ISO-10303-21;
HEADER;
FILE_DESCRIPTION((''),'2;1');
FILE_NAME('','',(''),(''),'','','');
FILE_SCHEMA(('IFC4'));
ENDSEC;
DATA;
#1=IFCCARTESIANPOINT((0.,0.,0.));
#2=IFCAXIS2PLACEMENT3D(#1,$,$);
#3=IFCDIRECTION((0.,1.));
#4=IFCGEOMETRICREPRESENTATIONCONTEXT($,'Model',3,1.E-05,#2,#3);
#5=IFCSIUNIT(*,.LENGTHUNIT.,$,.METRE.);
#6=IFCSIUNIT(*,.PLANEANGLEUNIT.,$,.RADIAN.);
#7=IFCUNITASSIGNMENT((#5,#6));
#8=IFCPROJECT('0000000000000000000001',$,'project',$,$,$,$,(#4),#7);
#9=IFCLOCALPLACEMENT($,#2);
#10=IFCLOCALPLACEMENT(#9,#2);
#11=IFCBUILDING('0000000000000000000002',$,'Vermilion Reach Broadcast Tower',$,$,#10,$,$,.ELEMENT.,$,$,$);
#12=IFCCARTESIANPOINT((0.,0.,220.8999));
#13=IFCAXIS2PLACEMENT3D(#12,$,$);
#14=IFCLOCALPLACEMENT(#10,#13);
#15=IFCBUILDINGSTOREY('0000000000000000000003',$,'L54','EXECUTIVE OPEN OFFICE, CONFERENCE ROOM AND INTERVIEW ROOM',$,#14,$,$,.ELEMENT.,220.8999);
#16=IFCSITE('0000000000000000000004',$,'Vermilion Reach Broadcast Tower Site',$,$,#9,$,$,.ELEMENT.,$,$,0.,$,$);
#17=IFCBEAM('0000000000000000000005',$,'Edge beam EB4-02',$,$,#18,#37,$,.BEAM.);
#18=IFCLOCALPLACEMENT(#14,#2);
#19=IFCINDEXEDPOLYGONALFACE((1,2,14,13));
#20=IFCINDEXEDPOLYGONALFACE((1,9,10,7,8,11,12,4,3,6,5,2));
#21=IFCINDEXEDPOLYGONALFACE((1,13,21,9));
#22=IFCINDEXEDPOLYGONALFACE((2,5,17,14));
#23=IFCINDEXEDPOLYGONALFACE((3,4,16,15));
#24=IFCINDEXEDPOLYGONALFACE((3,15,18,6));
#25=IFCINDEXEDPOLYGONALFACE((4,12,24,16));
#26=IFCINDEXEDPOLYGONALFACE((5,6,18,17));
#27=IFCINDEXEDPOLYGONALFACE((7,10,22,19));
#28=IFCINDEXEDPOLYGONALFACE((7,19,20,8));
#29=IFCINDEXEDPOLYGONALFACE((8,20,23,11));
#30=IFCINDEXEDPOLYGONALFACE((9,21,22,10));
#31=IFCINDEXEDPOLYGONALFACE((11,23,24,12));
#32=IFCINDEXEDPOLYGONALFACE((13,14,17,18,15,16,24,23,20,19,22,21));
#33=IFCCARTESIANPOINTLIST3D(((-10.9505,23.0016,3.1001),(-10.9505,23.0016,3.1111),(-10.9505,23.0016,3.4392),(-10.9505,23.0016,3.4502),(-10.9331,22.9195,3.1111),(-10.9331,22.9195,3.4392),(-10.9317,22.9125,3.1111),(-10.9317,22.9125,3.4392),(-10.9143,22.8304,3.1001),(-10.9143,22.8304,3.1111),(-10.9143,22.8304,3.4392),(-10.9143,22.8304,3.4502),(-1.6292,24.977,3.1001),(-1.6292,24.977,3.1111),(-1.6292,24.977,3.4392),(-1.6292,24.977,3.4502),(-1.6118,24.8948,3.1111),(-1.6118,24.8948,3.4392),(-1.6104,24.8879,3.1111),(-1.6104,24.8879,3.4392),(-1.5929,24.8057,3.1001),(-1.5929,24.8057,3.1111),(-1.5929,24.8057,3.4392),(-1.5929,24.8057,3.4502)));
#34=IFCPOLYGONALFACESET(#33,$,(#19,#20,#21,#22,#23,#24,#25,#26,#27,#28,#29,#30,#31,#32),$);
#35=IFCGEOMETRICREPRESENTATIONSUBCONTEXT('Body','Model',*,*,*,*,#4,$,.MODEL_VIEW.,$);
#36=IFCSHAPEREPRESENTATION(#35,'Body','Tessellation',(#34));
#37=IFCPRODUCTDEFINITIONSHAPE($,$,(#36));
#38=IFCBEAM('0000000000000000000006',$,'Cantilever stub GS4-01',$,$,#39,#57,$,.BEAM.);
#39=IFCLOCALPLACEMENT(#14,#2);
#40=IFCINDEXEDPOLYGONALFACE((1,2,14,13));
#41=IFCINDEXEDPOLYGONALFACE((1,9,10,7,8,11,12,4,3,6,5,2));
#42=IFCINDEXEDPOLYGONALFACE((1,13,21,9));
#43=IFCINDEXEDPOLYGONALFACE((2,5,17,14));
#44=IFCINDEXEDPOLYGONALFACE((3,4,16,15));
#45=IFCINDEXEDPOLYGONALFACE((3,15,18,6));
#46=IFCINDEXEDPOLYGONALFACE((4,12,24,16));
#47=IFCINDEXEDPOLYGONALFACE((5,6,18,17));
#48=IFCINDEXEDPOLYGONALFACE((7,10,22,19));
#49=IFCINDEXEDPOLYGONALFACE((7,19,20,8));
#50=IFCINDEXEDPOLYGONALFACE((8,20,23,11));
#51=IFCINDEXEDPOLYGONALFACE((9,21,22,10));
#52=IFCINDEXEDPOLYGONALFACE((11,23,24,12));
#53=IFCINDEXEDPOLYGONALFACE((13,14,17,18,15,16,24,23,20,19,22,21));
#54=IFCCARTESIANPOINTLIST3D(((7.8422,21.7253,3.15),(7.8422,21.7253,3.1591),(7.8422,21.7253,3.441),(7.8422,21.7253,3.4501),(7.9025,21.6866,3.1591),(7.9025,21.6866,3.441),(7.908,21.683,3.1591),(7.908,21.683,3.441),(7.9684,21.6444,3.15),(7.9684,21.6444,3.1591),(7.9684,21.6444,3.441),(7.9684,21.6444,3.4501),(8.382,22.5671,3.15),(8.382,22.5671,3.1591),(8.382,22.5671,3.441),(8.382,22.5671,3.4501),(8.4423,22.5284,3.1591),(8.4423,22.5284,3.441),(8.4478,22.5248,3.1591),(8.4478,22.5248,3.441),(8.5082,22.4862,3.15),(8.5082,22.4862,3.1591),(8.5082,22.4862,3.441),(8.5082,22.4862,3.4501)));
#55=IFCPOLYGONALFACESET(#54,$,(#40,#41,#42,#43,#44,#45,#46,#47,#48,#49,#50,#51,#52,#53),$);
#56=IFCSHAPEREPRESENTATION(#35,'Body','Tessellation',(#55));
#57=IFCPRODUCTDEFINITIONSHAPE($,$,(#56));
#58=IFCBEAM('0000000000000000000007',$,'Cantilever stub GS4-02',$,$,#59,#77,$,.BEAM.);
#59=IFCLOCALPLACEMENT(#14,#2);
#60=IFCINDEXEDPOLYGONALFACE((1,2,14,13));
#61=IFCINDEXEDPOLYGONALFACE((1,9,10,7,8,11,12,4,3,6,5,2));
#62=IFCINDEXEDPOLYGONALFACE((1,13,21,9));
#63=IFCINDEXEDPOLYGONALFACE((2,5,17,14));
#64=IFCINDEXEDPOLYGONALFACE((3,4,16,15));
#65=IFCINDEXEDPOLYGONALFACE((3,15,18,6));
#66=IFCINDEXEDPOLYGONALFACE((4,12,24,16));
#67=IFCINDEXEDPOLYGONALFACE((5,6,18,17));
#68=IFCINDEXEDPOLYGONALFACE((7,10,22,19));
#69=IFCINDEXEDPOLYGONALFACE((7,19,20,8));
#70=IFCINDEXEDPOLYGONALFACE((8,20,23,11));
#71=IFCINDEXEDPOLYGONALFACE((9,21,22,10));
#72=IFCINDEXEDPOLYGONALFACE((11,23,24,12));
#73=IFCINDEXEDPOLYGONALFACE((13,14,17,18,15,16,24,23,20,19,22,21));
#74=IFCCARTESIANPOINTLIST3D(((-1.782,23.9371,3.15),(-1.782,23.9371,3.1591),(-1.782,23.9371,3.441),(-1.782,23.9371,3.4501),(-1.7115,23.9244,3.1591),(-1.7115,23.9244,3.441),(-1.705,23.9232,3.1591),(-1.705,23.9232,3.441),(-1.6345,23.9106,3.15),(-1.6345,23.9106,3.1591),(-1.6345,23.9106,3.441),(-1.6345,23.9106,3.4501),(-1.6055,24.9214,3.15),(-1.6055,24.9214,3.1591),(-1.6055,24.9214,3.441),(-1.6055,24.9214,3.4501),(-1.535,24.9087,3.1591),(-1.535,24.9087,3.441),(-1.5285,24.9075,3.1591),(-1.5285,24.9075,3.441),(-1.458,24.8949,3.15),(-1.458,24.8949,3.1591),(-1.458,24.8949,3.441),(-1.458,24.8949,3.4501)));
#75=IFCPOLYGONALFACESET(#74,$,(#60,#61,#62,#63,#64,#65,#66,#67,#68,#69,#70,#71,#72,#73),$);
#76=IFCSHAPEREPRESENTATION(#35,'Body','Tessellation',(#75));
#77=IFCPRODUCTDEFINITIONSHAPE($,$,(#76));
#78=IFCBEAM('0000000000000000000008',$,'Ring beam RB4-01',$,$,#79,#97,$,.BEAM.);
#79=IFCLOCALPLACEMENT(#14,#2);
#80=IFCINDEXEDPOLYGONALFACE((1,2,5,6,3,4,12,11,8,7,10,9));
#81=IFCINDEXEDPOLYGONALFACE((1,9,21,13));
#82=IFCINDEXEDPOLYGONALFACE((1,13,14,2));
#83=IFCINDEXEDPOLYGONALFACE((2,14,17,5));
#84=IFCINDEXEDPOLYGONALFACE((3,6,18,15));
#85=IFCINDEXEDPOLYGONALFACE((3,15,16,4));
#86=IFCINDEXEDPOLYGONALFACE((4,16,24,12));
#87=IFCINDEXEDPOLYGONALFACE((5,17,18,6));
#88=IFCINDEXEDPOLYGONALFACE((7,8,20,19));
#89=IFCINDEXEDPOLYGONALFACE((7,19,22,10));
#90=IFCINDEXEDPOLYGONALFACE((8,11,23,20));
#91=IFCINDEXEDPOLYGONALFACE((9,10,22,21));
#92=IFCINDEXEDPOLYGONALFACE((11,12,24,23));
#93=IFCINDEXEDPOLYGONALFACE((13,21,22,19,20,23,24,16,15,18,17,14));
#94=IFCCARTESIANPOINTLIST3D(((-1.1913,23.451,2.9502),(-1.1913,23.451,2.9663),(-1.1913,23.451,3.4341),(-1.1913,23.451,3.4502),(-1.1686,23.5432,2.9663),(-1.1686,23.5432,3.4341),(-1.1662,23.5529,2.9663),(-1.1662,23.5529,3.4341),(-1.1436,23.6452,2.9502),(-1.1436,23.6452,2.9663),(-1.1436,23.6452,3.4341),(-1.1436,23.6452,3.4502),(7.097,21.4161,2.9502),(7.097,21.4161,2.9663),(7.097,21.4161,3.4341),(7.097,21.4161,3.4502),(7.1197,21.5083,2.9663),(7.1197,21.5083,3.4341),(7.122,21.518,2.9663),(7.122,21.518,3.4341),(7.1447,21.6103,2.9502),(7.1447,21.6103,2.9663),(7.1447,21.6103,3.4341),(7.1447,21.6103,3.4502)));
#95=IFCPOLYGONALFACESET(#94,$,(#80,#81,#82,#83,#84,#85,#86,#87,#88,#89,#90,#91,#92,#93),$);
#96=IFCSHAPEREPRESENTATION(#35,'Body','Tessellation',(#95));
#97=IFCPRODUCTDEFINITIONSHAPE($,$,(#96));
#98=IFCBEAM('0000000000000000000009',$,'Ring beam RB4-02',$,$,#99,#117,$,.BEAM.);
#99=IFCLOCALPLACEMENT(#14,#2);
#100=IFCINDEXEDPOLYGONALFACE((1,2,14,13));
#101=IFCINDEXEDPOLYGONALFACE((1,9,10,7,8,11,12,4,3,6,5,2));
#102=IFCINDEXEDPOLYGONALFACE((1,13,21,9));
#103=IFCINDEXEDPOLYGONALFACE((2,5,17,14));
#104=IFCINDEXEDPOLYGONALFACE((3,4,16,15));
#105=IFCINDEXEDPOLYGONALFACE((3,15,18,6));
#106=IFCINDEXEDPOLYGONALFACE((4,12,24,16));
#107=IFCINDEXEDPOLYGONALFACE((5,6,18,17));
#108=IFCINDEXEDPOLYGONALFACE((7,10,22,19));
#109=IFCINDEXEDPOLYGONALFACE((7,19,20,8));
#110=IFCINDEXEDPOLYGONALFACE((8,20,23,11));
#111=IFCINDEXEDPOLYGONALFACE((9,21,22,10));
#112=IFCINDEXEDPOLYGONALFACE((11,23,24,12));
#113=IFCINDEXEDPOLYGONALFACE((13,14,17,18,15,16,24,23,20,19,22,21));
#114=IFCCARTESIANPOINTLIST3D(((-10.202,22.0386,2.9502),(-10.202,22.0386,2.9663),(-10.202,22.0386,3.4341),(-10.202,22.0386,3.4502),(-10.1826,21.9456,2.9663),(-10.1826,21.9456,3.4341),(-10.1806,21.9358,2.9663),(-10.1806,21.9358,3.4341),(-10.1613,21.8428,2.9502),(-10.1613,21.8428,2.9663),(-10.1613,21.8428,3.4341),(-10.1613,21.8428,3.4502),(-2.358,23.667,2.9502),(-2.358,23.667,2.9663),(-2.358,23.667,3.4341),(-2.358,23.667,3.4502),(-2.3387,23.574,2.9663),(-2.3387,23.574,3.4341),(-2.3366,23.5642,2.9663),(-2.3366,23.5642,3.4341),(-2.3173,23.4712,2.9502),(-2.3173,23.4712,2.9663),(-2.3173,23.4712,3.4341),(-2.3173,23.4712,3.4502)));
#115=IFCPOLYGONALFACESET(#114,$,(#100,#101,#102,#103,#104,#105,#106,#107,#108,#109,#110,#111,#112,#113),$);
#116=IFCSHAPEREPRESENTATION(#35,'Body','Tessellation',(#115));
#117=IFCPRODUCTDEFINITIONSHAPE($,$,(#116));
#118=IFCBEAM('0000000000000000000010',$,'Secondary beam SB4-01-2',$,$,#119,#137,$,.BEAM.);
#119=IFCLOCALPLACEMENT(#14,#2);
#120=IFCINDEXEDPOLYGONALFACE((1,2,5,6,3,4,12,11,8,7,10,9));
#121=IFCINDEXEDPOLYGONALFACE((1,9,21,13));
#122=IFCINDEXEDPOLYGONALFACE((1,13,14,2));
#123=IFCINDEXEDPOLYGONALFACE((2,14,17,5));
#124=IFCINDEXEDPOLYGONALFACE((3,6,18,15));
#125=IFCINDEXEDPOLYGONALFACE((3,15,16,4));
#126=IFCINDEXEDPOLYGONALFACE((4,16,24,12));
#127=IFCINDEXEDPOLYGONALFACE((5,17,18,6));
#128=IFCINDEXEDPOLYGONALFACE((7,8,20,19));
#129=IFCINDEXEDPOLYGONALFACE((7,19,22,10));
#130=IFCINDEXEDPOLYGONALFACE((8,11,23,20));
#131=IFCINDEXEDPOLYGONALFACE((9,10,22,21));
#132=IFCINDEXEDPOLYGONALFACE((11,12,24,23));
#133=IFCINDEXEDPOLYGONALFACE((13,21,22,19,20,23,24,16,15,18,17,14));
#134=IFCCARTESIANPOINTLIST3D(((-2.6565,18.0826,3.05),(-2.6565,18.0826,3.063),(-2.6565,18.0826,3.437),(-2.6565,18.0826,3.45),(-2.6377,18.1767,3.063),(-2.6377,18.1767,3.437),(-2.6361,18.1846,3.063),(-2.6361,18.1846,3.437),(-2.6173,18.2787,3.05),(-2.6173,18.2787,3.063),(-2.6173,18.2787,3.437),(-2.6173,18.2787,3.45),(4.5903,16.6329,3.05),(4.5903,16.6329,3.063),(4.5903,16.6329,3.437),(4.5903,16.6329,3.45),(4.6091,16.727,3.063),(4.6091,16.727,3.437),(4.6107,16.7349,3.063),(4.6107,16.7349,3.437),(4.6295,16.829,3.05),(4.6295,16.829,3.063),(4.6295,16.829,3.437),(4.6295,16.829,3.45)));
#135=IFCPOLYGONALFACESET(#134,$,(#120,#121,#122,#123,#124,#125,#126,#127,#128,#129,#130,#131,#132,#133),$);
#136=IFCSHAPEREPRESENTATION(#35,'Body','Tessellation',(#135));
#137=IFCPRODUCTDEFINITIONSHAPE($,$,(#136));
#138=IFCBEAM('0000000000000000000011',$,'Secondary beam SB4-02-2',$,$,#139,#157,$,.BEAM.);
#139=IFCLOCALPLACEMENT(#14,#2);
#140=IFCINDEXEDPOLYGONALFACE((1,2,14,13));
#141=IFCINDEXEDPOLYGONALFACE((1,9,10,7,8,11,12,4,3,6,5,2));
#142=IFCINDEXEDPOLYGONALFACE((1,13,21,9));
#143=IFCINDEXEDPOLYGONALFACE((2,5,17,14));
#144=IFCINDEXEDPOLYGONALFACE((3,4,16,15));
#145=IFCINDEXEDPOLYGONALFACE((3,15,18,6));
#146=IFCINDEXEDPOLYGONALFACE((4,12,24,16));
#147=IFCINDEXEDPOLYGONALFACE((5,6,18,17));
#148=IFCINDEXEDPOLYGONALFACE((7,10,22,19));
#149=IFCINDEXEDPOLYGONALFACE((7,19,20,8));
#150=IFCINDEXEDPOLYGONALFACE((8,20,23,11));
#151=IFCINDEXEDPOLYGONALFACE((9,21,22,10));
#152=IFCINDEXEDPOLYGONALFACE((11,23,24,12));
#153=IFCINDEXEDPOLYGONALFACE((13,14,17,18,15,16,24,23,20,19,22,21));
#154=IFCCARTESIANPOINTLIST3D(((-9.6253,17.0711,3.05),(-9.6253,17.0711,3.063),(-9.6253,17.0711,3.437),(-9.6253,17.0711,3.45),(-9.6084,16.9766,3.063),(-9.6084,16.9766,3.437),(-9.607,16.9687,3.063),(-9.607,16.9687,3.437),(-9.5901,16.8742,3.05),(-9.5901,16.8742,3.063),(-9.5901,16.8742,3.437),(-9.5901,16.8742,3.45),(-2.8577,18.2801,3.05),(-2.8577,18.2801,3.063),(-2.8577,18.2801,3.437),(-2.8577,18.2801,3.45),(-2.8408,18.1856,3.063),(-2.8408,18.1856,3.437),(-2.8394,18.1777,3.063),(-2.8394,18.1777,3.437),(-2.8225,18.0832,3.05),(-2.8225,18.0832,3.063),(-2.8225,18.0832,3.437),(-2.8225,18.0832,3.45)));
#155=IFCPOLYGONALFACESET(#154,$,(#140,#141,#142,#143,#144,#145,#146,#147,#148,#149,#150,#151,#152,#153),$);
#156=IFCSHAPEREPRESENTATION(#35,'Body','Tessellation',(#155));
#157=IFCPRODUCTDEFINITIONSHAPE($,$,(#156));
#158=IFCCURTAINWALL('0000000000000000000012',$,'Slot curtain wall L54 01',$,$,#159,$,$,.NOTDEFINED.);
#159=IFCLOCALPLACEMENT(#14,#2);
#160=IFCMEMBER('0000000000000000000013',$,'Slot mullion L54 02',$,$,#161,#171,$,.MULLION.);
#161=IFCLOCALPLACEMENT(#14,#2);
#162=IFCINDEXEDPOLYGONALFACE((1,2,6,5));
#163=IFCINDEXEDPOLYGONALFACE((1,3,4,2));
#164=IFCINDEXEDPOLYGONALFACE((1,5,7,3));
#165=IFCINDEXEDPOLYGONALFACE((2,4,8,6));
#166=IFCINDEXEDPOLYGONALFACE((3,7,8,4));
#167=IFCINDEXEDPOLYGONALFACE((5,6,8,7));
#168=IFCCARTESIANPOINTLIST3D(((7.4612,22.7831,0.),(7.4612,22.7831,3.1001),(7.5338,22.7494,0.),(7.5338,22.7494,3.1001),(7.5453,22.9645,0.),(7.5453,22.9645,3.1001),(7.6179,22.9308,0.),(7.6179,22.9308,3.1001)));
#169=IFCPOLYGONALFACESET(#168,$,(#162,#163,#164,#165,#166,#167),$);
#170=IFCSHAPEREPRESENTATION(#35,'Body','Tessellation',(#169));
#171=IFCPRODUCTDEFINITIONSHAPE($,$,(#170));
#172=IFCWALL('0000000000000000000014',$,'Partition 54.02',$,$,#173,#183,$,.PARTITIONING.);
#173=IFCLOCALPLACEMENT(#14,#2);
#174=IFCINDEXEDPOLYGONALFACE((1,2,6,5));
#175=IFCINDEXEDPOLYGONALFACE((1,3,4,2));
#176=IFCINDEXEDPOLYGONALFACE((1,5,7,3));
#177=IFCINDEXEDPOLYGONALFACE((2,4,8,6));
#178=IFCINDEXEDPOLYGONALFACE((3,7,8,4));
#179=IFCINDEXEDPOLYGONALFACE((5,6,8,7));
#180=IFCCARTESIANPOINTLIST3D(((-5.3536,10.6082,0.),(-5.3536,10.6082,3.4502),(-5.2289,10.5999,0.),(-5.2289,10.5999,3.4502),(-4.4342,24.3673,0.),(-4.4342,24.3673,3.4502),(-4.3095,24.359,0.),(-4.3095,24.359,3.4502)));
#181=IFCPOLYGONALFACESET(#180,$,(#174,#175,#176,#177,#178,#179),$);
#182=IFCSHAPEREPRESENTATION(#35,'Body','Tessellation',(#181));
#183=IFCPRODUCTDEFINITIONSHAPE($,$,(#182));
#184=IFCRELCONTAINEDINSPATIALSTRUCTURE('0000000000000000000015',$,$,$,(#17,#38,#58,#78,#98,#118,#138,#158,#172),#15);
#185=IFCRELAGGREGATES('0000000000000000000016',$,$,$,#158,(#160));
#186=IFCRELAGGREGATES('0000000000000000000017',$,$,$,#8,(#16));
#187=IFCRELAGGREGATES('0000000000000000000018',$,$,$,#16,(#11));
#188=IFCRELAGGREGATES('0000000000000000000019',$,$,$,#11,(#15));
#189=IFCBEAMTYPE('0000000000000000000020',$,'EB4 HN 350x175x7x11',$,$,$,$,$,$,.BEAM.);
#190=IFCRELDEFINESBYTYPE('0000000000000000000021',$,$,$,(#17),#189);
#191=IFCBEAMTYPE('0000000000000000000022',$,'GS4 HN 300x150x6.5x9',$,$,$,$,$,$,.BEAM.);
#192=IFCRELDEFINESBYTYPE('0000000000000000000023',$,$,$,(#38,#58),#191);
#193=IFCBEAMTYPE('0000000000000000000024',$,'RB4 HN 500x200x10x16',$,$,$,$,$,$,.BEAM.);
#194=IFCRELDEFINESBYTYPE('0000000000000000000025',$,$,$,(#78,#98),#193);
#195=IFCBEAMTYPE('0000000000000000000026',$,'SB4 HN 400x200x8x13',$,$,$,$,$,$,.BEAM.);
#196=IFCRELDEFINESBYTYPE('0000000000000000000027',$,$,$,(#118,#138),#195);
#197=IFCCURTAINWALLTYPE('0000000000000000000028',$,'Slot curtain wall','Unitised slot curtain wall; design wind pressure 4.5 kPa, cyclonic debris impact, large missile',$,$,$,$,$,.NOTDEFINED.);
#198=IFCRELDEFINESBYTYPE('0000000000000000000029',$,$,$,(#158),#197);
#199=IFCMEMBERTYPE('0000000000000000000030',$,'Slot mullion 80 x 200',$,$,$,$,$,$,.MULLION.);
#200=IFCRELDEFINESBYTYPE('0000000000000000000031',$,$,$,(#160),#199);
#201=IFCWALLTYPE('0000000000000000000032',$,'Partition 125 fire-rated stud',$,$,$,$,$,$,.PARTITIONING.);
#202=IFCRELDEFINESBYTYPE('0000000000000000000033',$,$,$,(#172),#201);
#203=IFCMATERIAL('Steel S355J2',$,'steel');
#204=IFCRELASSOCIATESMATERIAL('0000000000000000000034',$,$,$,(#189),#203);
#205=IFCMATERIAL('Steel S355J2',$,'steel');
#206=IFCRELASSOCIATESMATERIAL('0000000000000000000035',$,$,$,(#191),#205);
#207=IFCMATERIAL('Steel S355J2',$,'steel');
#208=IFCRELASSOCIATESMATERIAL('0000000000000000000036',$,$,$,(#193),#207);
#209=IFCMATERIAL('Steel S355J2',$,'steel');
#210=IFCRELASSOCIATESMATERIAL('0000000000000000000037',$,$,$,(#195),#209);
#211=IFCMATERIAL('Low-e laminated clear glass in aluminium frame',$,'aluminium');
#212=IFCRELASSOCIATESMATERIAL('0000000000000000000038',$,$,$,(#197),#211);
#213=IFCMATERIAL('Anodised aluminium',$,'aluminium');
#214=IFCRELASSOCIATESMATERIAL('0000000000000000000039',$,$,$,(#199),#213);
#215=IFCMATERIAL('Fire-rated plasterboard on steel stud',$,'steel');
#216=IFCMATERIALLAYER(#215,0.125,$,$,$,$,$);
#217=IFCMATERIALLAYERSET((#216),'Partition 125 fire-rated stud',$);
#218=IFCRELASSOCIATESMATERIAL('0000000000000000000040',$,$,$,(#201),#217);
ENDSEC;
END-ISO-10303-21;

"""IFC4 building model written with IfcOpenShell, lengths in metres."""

from ifc_helpers import new_model, si_unit, direction, frame, frame_2d, origin, origin_2d, place, context, subcontext, project, spatial, rectangle, i_section, extrude, material, layer, layer_set, material_profile, profile_set, type_object, element, aggregate, save


model = new_model("IFC4")

# Units and contexts
model_context = context("Model", 3, precision=1e-05, world=origin(), true_north=direction((0.0, 1.0)))
body_context = subcontext(model_context, "Body", "Model", "MODEL_VIEW")
ifc_project = project(units=[si_unit("LENGTHUNIT", "METRE"), si_unit("PLANEANGLEUNIT", "RADIAN")], contexts=[model_context])

# Site, building, storey
site_placement = place(None, origin())
site = spatial("IfcSite", under=ifc_project, at=site_placement, Name="Vermilion Reach Broadcast Tower Site", CompositionType="ELEMENT", RefElevation=0.0)
building_placement = place(site_placement, origin())
building = spatial("IfcBuilding", under=site, at=building_placement, Name="Vermilion Reach Broadcast Tower", CompositionType="ELEMENT")
storey_placement = place(building_placement, frame((0.0, 0.0, 220.8999)))
storey = spatial("IfcBuildingStorey", under=building, at=storey_placement, Name="L54", Description="EXECUTIVE OPEN OFFICE, CONFERENCE ROOM AND INTERVIEW ROOM", CompositionType="ELEMENT", Elevation=220.8999)

# Beams
ifc_material_1 = material(Name="Steel S355J2", Category="steel")
ifc_material_profile_1 = material_profile(ifc_material_1, i_section(OverallWidth=0.175, OverallDepth=0.3501, WebThickness=0.0071, FlangeThickness=0.011, at=origin_2d()), Name="S355J2 HN 350x175x7x11")
ifc_profile_set_1 = profile_set([ifc_material_profile_1], Name="Steel S355J2")
beam_type_1 = type_object("IfcBeamType", Name="EB4 HN 350x175x7x11", PredefinedType="BEAM", material=ifc_profile_set_1)
beam_1_placement = place(storey_placement, frame((-1.6111, 24.8914, 3.2751), z_axis=(-0.978275, -0.207313, 0.0), x_axis=(0.207313, -0.978275, 0.0)))
element("IfcBeam", 1, at=beam_1_placement, inside=storey, type_object=beam_type_1, Name="Edge beam EB4-02", PredefinedType="BEAM", context=body_context, shape_type="SweptSolid", body=[
    extrude(i_section(OverallWidth=0.175, OverallDepth=0.3501, WebThickness=0.0071, FlangeThickness=0.011, at=origin_2d()), origin(), (0.0, 0.0, 1.0), 9.5283),
])
ifc_material_2 = material(Name="Steel S355J2", Category="steel")
ifc_material_profile_2 = material_profile(ifc_material_2, i_section(OverallWidth=0.1499, OverallDepth=0.3, WebThickness=0.0066, FlangeThickness=0.009, at=origin_2d()), Name="S355J2 HN 300x150x6.5x9")
ifc_profile_set_2 = profile_set([ifc_material_profile_2], Name="Steel S355J2")
beam_type_2 = type_object("IfcBeamType", Name="GS4 HN 300x150x6.5x9", PredefinedType="BEAM", material=ifc_profile_set_2)
for number, where, z_axis, x_axis, name in (
    (2, (7.9053, 21.6848, 3.3), (0.539795, 0.841797, 0.0), (-0.841797, 0.539795, 0.0), "Cantilever stub GS4-01"),
    (3, (-1.7083, 23.9238, 3.3), (0.1765, 0.984301, 0.0), (-0.984301, 0.1765, 0.0), "Cantilever stub GS4-02"),
):
    element("IfcBeam", number, at=place(storey_placement, frame(where, z_axis=z_axis, x_axis=x_axis)), inside=storey, type_object=beam_type_2, Name=name, PredefinedType="BEAM", context=body_context, shape_type="SweptSolid", body=[
        extrude(i_section(OverallWidth=0.1499, OverallDepth=0.3, WebThickness=0.0066, FlangeThickness=0.009, at=origin_2d()), origin(), (0.0, 0.0, 1.0), 1.0),
    ])
ifc_material_3 = material(Name="Steel S355J2", Category="steel")
ifc_material_profile_3 = material_profile(ifc_material_3, i_section(OverallWidth=0.2, OverallDepth=0.5, WebThickness=0.01, FlangeThickness=0.0161, at=origin_2d()), Name="S355J2 HN 500x200x10x16")
ifc_profile_set_3 = profile_set([ifc_material_profile_3], Name="Steel S355J2")
beam_type_3 = type_object("IfcBeamType", Name="RB4 HN 500x200x10x16", PredefinedType="BEAM", material=ifc_profile_set_3)
beam_2_placement = place(storey_placement, frame((7.1208, 21.5132, 3.2002), z_axis=(-0.971159, 0.238434, 0.0), x_axis=(-0.238434, -0.971159, 0.0)))
element("IfcBeam", 4, at=beam_2_placement, inside=storey, type_object=beam_type_3, Name="Ring beam RB4-01", PredefinedType="BEAM", context=body_context, shape_type="SweptSolid", body=[
    extrude(i_section(OverallWidth=0.2, OverallDepth=0.5, WebThickness=0.01, FlangeThickness=0.0161, at=origin_2d()), origin(), (0.0, 0.0, 1.0), 8.5344),
])
beam_3_placement = place(storey_placement, frame((-2.3376, 23.5691, 3.2002), z_axis=(-0.979123, -0.203267, 0.0), x_axis=(0.203267, -0.979123, 0.0)))
element("IfcBeam", 5, at=beam_3_placement, inside=storey, type_object=beam_type_3, Name="Ring beam RB4-02", PredefinedType="BEAM", context=body_context, shape_type="SweptSolid", body=[
    extrude(i_section(OverallWidth=0.2, OverallDepth=0.5, WebThickness=0.01, FlangeThickness=0.0161, at=origin_2d()), origin(), (0.0, 0.0, 1.0), 8.0112),
])
ifc_material_4 = material(Name="Steel S355J2", Category="steel")
ifc_material_profile_4 = material_profile(ifc_material_4, i_section(OverallWidth=0.2, OverallDepth=0.3999, WebThickness=0.0081, FlangeThickness=0.0129, at=origin_2d()), Name="S355J2 HN 400x200x8x13")
ifc_profile_set_4 = profile_set([ifc_material_profile_4], Name="Steel S355J2")
beam_type_4 = type_object("IfcBeamType", Name="SB4 HN 400x200x8x13", PredefinedType="BEAM", material=ifc_profile_set_4)
beam_4_placement = place(storey_placement, frame((4.6099, 16.731, 3.25), z_axis=(-0.980572, 0.196161, 0.0), x_axis=(-0.196161, -0.980572, 0.0)))
element("IfcBeam", 6, at=beam_4_placement, inside=storey, type_object=beam_type_4, Name="Secondary beam SB4-01-2", PredefinedType="BEAM", context=body_context, shape_type="SweptSolid", body=[
    extrude(i_section(OverallWidth=0.2, OverallDepth=0.3999, WebThickness=0.0081, FlangeThickness=0.0129, at=origin_2d()), origin(), (0.0, 0.0, 1.0), 7.3904),
])
beam_5_placement = place(storey_placement, frame((-2.8401, 18.1816, 3.25), z_axis=(-0.984415, -0.175859, 0.0), x_axis=(0.175859, -0.984415, 0.0)))
element("IfcBeam", 7, at=beam_5_placement, inside=storey, type_object=beam_type_4, Name="Secondary beam SB4-02-2", PredefinedType="BEAM", context=body_context, shape_type="SweptSolid", body=[
    extrude(i_section(OverallWidth=0.2, OverallDepth=0.3999, WebThickness=0.0081, FlangeThickness=0.0129, at=origin_2d()), origin(), (0.0, 0.0, 1.0), 6.8748),
])

# Curtain wall, member
ifc_material_5 = material(Name="Low-e laminated clear glass in aluminium frame", Category="aluminium")
curtain_wall_type = type_object("IfcCurtainWallType", Name="Slot curtain wall", Description="Unitised slot curtain wall; design wind pressure 4.5 kPa, cyclonic debris impact, large missile", PredefinedType="NOTDEFINED", material=ifc_material_5)
curtain_wall_placement = place(storey_placement, origin())
curtain_wall = element("IfcCurtainWall", 8, at=curtain_wall_placement, inside=storey, type_object=curtain_wall_type, Name="Slot curtain wall L54 01", PredefinedType="NOTDEFINED")
ifc_material_6 = material(Name="Anodised aluminium", Category="aluminium")
ifc_material_profile_5 = material_profile(ifc_material_6, rectangle(XDim=0.2, YDim=0.0801, at=origin_2d()), Name="Slot mullion 80 x 200")
ifc_profile_set_5 = profile_set([ifc_material_profile_5], Name="Anodised aluminium")
member_type = type_object("IfcMemberType", Name="Slot mullion 80 x 200", PredefinedType="MULLION", material=ifc_profile_set_5)
member_placement = place(storey_placement, frame((7.5396, 22.8569, 0.0), z_axis=(0.0, 0.0, 1.0), x_axis=(-0.420823, -0.907143, 0.0)))
member = element("IfcMember", 9, at=member_placement, type_object=member_type, Name="Slot mullion L54 02", PredefinedType="MULLION", context=body_context, shape_type="SweptSolid", body=[
    extrude(rectangle(XDim=0.2, YDim=0.0801, at=origin_2d()), origin(), (0.0, 0.0, 1.0), 3.1001),
])
aggregate(curtain_wall, [member])

# Wall
ifc_material_7 = material(Name="Fire-rated plasterboard on steel stud", Category="steel")
ifc_layer_1 = layer(ifc_material_7, 0.125)
ifc_layer_set_1 = layer_set([ifc_layer_1], Name="Partition 125 fire-rated stud")
wall_type_1 = type_object("IfcWallType", Name="Partition 125 fire-rated stud", PredefinedType="PARTITIONING", material=ifc_layer_set_1)
wall_1_placement = place(storey_placement, frame((-4.3718, 24.3633, 0.0), z_axis=(0.0, 0.0, 1.0), x_axis=(-0.066675, -0.997775, 0.0)))
element("IfcWall", 10, at=wall_1_placement, inside=storey, type_object=wall_type_1, Name="Partition 54.02", PredefinedType="PARTITIONING", context=body_context, shape_type="SweptSolid", body=[
    extrude(rectangle(XDim=13.7898, YDim=0.125, at=frame_2d((6.895, 0.0))), origin(), (0.0, 0.0, 1.0), 3.4502),
])

save(model, "model.ifc")
